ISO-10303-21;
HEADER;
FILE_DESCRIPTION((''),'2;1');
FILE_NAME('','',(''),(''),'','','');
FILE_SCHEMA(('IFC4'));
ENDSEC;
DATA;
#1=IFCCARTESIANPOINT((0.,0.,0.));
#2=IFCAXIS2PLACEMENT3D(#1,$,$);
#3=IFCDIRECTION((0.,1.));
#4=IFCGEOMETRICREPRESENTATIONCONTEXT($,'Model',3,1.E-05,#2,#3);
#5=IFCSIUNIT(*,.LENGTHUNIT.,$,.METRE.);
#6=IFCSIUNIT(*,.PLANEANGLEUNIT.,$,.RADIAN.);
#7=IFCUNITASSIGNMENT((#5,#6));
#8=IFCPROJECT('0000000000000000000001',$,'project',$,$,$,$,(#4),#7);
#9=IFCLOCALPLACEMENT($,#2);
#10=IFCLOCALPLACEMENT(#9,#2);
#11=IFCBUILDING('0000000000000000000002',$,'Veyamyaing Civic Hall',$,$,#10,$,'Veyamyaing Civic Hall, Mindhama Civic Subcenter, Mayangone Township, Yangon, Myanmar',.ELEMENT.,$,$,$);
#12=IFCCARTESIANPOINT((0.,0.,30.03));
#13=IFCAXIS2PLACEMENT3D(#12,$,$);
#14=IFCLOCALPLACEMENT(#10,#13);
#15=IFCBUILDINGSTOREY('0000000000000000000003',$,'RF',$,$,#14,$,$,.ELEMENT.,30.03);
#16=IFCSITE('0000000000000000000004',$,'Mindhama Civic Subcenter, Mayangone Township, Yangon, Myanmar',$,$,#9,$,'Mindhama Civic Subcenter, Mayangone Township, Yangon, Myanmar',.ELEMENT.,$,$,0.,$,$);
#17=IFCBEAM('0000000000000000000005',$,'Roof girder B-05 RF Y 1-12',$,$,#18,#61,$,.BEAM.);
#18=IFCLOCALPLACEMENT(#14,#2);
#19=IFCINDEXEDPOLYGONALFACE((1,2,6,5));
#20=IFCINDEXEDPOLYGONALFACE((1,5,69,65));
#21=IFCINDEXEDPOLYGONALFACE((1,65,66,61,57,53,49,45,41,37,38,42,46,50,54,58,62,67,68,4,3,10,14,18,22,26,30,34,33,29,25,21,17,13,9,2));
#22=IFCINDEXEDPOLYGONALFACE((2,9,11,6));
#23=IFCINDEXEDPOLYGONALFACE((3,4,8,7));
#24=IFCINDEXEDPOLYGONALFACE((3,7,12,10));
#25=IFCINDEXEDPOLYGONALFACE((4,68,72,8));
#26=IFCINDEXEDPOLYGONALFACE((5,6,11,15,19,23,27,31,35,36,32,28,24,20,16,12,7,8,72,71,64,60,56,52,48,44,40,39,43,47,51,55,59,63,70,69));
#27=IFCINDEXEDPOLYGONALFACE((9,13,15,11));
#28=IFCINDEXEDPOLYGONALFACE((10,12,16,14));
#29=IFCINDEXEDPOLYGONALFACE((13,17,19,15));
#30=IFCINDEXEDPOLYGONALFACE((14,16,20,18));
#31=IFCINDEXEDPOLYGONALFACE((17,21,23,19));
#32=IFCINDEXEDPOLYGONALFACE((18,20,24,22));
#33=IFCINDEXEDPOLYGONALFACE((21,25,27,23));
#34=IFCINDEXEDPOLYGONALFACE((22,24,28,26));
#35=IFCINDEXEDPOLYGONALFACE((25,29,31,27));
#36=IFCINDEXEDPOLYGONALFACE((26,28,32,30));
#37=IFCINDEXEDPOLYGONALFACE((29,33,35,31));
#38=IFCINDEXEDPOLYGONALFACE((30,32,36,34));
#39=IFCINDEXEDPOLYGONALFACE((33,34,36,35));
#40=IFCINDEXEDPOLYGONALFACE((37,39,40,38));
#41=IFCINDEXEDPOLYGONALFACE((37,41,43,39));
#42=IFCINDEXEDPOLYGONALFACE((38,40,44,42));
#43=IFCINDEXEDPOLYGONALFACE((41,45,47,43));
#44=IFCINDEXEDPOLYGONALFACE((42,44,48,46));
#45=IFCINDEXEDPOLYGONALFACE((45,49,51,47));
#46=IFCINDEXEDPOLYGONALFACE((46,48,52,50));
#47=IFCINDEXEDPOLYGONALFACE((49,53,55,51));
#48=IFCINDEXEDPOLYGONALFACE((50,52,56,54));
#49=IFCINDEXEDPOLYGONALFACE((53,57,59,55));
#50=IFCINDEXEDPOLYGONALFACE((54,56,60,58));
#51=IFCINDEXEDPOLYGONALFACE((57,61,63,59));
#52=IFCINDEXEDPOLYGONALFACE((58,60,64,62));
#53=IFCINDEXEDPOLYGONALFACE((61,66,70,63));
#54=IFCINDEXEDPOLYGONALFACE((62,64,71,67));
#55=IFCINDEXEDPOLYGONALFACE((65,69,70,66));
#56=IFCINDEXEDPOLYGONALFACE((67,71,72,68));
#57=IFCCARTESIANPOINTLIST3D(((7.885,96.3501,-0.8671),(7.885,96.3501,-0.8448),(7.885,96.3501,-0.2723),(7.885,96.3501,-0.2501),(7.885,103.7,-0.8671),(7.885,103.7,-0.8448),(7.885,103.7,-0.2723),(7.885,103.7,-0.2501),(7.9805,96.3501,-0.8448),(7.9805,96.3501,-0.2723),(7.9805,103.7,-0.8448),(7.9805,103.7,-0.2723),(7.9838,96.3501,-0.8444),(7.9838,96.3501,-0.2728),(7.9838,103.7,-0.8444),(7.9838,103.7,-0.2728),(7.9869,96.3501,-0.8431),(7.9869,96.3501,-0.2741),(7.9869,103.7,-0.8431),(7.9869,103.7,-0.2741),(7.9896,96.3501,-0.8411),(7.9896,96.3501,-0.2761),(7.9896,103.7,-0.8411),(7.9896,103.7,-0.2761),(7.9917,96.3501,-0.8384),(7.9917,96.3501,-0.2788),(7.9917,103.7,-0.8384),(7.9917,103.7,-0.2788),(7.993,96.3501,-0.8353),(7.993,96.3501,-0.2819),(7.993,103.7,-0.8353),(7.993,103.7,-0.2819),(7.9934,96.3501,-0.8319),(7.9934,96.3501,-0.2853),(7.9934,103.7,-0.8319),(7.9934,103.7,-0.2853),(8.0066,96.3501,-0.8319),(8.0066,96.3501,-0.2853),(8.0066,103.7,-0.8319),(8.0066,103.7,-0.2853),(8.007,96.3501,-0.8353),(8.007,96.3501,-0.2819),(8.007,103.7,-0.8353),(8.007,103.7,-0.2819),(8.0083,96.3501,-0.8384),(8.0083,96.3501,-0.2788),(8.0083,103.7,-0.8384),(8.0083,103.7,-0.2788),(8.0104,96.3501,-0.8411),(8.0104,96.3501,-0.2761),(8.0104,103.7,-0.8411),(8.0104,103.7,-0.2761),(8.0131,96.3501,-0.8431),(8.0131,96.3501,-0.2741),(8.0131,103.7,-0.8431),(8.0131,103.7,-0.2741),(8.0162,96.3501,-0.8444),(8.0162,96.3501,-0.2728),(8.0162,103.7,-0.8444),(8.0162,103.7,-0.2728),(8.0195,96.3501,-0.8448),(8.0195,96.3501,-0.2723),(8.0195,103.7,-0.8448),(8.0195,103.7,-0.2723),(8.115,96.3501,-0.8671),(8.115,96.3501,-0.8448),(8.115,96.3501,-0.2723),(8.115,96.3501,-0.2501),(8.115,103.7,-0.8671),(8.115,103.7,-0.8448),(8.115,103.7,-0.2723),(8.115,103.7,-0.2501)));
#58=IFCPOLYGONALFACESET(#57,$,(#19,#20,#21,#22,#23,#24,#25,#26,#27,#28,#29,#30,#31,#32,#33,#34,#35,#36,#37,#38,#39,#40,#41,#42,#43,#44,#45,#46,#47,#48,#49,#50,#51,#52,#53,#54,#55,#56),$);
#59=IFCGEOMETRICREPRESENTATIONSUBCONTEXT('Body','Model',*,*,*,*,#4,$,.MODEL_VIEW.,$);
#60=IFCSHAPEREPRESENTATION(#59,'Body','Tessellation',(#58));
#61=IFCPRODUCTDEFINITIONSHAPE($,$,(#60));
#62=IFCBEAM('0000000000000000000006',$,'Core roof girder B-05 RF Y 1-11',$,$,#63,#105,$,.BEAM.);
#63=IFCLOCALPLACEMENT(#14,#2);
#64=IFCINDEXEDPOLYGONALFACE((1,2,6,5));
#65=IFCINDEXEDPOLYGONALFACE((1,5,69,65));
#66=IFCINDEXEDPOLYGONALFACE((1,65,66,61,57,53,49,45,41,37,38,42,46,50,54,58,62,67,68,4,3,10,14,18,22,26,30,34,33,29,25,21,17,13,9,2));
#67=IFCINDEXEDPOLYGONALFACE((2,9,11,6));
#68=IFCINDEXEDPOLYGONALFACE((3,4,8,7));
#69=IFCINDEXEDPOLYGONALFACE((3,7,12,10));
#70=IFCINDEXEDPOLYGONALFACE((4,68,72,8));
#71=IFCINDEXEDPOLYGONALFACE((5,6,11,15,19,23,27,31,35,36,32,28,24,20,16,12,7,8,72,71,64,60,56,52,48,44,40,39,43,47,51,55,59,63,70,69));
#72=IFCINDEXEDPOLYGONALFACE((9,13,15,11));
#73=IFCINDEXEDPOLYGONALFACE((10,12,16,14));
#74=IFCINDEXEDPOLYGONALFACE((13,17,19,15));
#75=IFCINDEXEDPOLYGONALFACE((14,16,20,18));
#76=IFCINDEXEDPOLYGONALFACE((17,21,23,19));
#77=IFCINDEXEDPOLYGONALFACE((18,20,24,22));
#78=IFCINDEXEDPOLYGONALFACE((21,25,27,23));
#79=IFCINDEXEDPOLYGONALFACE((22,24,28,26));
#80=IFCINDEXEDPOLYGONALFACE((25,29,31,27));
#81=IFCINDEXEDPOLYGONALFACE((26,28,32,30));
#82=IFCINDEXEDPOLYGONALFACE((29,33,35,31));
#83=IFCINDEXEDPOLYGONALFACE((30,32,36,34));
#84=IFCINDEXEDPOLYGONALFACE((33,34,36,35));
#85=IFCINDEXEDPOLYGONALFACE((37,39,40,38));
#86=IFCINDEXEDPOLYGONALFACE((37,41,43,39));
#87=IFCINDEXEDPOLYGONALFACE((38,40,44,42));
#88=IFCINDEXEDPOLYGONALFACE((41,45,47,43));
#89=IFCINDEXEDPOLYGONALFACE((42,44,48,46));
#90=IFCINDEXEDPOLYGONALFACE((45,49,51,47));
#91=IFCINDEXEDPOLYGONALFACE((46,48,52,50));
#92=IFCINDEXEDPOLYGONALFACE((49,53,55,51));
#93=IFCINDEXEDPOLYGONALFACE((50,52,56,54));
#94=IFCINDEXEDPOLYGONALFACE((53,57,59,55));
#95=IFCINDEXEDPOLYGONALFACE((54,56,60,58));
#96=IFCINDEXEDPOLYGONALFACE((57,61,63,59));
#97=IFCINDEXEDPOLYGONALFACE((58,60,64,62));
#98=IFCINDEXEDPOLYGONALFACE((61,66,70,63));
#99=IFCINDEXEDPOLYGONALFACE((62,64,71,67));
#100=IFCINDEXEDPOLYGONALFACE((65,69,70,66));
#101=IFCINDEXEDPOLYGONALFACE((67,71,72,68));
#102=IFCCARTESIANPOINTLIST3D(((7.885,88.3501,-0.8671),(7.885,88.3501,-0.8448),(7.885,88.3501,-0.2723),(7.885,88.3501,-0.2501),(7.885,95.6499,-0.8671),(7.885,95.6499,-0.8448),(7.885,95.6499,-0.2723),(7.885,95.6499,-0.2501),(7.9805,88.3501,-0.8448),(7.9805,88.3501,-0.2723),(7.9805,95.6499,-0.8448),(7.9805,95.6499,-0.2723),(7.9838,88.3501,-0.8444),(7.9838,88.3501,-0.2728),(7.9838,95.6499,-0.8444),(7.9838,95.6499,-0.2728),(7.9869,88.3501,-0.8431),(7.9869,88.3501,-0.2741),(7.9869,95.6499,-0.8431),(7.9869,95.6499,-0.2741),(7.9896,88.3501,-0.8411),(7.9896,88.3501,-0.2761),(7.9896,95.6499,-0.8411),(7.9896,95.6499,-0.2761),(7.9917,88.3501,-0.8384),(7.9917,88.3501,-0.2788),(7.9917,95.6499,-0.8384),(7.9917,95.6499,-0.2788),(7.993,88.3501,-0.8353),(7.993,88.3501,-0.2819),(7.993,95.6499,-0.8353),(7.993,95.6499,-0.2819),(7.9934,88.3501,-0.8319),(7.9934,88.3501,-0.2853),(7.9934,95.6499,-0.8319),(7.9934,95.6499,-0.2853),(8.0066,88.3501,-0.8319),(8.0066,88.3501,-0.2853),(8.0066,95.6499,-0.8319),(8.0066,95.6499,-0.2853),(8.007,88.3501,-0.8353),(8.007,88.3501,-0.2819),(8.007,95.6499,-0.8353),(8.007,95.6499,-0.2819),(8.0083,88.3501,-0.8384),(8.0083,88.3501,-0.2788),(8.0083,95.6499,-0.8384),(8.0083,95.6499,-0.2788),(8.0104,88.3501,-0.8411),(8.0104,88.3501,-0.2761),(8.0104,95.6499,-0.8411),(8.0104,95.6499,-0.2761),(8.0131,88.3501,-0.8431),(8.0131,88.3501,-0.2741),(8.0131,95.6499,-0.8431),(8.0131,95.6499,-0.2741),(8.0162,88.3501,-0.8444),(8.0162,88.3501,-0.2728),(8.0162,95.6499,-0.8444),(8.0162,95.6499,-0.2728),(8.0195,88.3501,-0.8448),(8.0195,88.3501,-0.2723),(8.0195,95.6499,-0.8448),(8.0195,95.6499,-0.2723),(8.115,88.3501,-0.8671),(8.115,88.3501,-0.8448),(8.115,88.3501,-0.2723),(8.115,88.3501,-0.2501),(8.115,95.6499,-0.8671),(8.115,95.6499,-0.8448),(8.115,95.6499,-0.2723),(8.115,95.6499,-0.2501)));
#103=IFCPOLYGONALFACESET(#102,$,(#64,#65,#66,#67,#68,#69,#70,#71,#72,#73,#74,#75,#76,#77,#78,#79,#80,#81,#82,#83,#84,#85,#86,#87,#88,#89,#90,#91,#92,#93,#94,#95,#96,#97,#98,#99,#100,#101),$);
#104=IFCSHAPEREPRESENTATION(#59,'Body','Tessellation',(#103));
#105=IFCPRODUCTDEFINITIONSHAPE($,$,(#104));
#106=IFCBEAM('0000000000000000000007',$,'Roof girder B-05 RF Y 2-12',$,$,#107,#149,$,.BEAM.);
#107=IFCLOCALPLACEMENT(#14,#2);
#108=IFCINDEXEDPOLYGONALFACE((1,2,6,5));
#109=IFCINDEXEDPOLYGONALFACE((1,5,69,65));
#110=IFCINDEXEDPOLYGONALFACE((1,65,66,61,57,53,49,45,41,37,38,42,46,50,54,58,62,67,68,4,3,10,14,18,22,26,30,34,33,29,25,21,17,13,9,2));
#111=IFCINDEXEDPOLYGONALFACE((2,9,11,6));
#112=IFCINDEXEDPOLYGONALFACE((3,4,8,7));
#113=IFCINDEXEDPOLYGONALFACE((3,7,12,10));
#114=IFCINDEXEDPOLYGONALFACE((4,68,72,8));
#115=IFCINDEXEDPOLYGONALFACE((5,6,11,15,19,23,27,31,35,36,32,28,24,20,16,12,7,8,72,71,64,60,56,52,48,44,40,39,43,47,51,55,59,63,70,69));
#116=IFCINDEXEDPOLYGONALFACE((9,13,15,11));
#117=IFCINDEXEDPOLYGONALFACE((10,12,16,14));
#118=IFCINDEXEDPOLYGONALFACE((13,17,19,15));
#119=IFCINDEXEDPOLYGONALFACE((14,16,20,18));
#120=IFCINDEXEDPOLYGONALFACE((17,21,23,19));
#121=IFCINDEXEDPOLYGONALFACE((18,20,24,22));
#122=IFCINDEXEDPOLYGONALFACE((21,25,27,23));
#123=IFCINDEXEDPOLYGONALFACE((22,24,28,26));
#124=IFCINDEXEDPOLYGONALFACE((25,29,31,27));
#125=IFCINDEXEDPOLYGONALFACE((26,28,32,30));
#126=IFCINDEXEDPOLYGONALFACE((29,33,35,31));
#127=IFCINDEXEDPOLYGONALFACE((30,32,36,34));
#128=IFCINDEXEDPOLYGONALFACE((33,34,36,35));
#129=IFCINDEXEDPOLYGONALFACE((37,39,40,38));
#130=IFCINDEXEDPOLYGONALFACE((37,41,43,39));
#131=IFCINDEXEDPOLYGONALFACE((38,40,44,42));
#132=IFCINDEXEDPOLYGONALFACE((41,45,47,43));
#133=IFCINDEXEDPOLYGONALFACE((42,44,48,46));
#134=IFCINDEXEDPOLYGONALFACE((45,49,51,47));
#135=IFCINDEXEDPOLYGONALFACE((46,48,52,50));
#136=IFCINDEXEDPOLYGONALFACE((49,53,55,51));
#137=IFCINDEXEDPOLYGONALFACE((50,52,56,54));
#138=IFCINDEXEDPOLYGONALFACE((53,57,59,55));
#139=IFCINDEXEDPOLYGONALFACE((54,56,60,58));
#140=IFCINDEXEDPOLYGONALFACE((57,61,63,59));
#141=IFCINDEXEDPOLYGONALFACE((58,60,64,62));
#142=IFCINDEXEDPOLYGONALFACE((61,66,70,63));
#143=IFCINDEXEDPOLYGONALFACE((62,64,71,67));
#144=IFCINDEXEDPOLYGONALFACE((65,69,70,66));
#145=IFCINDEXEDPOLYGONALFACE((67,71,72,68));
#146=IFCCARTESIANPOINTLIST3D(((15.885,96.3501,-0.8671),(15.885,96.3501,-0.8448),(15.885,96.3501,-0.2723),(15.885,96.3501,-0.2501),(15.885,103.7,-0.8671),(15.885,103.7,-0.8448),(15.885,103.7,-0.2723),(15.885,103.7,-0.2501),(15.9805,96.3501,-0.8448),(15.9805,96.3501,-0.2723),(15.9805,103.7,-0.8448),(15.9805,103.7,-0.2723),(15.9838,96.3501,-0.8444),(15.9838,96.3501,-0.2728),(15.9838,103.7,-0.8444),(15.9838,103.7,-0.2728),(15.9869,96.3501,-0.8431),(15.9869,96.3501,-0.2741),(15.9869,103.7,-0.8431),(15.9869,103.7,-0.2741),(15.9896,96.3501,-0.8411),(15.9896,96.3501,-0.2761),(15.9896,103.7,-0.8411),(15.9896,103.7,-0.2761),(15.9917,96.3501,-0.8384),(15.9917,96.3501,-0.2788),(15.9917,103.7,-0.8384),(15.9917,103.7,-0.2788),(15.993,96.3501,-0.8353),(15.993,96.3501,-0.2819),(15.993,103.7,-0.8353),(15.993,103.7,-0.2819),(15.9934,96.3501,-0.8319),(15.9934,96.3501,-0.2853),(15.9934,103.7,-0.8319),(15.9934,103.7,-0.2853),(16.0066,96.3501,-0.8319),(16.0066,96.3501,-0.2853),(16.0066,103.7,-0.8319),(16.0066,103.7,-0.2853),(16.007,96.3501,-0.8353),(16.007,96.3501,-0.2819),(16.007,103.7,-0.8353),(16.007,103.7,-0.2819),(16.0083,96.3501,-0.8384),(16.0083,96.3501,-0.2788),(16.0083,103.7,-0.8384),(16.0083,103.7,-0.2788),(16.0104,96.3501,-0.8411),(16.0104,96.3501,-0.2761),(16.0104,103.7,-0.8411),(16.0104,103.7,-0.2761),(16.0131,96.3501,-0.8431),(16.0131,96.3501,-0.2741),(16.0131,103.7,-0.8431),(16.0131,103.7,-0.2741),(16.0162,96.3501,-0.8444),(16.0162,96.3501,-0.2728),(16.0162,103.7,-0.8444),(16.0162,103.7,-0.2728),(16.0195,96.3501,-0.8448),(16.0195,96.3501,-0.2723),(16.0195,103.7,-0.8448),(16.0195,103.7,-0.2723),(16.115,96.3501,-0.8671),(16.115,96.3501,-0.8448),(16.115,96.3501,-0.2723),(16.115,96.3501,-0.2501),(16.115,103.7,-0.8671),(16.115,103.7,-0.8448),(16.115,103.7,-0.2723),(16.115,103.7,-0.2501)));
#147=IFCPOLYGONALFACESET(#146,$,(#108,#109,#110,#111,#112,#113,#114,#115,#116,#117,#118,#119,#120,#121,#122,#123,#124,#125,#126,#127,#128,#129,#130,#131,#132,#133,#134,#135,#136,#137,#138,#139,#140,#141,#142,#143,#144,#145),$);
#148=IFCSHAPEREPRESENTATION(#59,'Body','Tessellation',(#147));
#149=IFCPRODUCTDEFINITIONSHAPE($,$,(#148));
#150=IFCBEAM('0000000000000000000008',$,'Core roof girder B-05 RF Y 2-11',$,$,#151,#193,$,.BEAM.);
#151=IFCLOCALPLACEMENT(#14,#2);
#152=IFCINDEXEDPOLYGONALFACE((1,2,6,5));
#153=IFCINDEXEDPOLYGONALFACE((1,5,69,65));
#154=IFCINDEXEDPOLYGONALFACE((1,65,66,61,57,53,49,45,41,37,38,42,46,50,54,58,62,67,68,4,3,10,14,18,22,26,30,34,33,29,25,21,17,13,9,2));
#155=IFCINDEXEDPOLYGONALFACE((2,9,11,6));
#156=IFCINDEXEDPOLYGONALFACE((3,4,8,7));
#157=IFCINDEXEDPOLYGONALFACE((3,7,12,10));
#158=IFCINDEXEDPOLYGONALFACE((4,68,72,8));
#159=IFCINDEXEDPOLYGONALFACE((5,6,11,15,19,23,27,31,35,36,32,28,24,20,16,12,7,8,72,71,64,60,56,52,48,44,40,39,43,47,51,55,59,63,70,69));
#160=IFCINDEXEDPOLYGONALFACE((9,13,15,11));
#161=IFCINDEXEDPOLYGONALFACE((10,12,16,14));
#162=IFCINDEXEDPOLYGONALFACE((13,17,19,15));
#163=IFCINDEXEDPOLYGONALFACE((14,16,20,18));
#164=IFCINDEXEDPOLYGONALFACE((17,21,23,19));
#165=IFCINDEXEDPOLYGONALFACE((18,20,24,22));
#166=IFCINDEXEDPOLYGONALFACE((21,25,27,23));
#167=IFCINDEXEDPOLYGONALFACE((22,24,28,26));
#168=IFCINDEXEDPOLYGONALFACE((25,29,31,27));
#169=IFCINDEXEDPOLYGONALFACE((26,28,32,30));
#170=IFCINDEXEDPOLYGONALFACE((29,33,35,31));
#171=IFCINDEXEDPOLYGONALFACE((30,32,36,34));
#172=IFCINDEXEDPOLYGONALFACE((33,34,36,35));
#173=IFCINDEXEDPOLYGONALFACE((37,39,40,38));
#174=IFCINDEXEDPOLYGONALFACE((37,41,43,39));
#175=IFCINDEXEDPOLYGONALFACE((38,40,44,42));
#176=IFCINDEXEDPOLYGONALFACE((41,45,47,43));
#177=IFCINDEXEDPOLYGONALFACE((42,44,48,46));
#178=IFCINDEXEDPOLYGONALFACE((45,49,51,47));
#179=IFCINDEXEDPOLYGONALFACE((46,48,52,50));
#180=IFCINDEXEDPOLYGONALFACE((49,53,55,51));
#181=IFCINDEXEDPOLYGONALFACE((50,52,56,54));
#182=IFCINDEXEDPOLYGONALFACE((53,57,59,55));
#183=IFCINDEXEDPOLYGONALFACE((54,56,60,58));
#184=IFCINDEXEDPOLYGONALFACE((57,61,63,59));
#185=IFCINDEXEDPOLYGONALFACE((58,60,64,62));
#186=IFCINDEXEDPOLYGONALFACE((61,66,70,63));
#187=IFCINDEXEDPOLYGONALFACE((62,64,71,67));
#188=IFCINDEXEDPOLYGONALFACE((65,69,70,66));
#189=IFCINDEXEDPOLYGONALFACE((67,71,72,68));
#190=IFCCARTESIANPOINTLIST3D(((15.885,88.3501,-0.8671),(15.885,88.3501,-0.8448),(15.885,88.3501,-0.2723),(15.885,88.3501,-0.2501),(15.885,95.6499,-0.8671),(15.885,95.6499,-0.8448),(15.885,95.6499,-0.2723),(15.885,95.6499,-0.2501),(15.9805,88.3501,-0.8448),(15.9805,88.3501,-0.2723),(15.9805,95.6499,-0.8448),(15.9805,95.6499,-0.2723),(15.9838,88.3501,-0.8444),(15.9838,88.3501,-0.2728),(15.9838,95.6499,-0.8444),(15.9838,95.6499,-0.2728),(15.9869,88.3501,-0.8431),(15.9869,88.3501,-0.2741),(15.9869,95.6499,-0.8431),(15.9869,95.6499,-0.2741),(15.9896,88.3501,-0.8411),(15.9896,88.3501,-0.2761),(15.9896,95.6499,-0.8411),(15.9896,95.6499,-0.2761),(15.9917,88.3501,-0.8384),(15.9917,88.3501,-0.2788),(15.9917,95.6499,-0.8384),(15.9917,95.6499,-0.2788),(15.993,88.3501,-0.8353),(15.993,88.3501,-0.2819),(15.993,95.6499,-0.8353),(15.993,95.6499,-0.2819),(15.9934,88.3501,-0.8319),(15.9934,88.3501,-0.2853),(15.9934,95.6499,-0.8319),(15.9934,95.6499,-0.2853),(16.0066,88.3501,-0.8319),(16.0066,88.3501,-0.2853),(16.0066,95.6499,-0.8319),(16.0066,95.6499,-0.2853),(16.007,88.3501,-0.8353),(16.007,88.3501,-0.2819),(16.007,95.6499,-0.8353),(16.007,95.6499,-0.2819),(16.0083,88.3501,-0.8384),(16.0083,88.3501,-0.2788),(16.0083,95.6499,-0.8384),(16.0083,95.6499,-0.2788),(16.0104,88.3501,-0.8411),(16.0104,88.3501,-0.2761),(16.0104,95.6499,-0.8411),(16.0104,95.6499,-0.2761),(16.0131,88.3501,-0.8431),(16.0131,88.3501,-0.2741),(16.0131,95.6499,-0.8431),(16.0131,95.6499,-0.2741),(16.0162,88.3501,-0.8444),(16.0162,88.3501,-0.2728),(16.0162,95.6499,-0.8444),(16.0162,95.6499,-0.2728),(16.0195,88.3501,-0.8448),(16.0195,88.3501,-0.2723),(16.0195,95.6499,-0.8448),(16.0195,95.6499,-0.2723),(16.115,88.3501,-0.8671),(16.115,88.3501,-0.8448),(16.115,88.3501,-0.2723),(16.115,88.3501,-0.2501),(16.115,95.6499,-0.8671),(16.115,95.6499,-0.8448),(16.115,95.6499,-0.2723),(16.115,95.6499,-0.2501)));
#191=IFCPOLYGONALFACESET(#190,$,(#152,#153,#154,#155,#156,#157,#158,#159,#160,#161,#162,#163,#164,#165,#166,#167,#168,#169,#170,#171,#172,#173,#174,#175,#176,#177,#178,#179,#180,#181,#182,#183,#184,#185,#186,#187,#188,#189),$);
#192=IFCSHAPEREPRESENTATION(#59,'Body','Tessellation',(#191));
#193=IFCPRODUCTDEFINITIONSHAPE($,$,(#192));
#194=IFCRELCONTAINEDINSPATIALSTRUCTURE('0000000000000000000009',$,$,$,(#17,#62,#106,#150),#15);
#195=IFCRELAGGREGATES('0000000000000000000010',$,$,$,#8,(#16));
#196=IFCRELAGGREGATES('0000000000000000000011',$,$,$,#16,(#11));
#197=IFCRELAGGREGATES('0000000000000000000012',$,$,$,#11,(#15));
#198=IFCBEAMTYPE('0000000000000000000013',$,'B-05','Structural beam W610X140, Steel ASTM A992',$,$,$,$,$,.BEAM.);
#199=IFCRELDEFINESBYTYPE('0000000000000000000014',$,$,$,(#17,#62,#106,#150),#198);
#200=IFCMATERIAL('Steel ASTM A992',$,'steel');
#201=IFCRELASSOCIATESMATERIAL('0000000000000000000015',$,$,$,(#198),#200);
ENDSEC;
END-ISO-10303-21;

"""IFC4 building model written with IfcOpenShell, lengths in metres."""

from ifc_helpers import new_model, si_unit, direction, frame, origin, origin_2d, place, context, subcontext, project, spatial, i_section, extrude, material, material_profile, profile_set, type_object, element, save


model = new_model("IFC4")

# Units and contexts
model_context = context("Model", 3, precision=1e-05, world=origin(), true_north=direction((0.0, 1.0)))
body_context = subcontext(model_context, "Body", "Model", "MODEL_VIEW")
ifc_project = project(units=[si_unit("LENGTHUNIT", "METRE"), si_unit("PLANEANGLEUNIT", "RADIAN")], contexts=[model_context])

# Site, building, storey
site_placement = place(None, origin())
site = spatial("IfcSite", under=ifc_project, at=site_placement, Name="Mindhama Civic Subcenter, Mayangone Township, Yangon, Myanmar", LongName="Mindhama Civic Subcenter, Mayangone Township, Yangon, Myanmar", CompositionType="ELEMENT", RefElevation=0.0)
building_placement = place(site_placement, origin())
building = spatial("IfcBuilding", under=site, at=building_placement, Name="Veyamyaing Civic Hall", LongName="Veyamyaing Civic Hall, Mindhama Civic Subcenter, Mayangone Township, Yangon, Myanmar", CompositionType="ELEMENT")
storey_placement = place(building_placement, frame((0.0, 0.0, 30.03)))
storey = spatial("IfcBuildingStorey", under=building, at=storey_placement, Name="RF", CompositionType="ELEMENT", Elevation=30.03)

# Beams
ifc_material_1 = material(Name="Steel ASTM A992", Category="steel")
ifc_material_profile_1 = material_profile(ifc_material_1, i_section(OverallWidth=0.23, OverallDepth=0.6169, WebThickness=0.0132, FlangeThickness=0.0222, FilletRadius=0.0129, at=origin_2d()), Name="W610X140")
ifc_profile_set_1 = profile_set([ifc_material_profile_1], Name="Steel ASTM A992")
beam_type_1 = type_object("IfcBeamType", Name="B-05", Description="Structural beam W610X140, Steel ASTM A992", PredefinedType="BEAM", material=ifc_profile_set_1)
beam_1_placement = place(storey_placement, frame((8.0, 96.3501, -0.5586), z_axis=(0.0, 1.0, 0.0), x_axis=(-1.0, 0.0, 0.0)))
element("IfcBeam", 1, at=beam_1_placement, inside=storey, type_object=beam_type_1, Name="Roof girder B-05 RF Y 1-12", PredefinedType="BEAM", context=body_context, shape_type="SweptSolid", body=[
    extrude(i_section(OverallWidth=0.23, OverallDepth=0.6169, WebThickness=0.0132, FlangeThickness=0.0222, FilletRadius=0.0129, at=origin_2d()), origin(), (0.0, 0.0, 1.0), 7.3499),
])
beam_2_placement = place(storey_placement, frame((8.0, 88.3501, -0.5586), z_axis=(0.0, 1.0, 0.0), x_axis=(-1.0, 0.0, 0.0)))
element("IfcBeam", 2, at=beam_2_placement, inside=storey, type_object=beam_type_1, Name="Core roof girder B-05 RF Y 1-11", PredefinedType="BEAM", context=body_context, shape_type="SweptSolid", body=[
    extrude(i_section(OverallWidth=0.23, OverallDepth=0.6169, WebThickness=0.0132, FlangeThickness=0.0222, FilletRadius=0.0129, at=origin_2d()), origin(), (0.0, 0.0, 1.0), 7.2998),
])
beam_3_placement = place(storey_placement, frame((16.0, 96.3501, -0.5586), z_axis=(0.0, 1.0, 0.0), x_axis=(-1.0, 0.0, 0.0)))
element("IfcBeam", 3, at=beam_3_placement, inside=storey, type_object=beam_type_1, Name="Roof girder B-05 RF Y 2-12", PredefinedType="BEAM", context=body_context, shape_type="SweptSolid", body=[
    extrude(i_section(OverallWidth=0.23, OverallDepth=0.6169, WebThickness=0.0132, FlangeThickness=0.0222, FilletRadius=0.0129, at=origin_2d()), origin(), (0.0, 0.0, 1.0), 7.3499),
])
beam_4_placement = place(storey_placement, frame((16.0, 88.3501, -0.5586), z_axis=(0.0, 1.0, 0.0), x_axis=(-1.0, 0.0, 0.0)))
element("IfcBeam", 4, at=beam_4_placement, inside=storey, type_object=beam_type_1, Name="Core roof girder B-05 RF Y 2-11", PredefinedType="BEAM", context=body_context, shape_type="SweptSolid", body=[
    extrude(i_section(OverallWidth=0.23, OverallDepth=0.6169, WebThickness=0.0132, FlangeThickness=0.0222, FilletRadius=0.0129, at=origin_2d()), origin(), (0.0, 0.0, 1.0), 7.2998),
])

save(model, "model.ifc")
